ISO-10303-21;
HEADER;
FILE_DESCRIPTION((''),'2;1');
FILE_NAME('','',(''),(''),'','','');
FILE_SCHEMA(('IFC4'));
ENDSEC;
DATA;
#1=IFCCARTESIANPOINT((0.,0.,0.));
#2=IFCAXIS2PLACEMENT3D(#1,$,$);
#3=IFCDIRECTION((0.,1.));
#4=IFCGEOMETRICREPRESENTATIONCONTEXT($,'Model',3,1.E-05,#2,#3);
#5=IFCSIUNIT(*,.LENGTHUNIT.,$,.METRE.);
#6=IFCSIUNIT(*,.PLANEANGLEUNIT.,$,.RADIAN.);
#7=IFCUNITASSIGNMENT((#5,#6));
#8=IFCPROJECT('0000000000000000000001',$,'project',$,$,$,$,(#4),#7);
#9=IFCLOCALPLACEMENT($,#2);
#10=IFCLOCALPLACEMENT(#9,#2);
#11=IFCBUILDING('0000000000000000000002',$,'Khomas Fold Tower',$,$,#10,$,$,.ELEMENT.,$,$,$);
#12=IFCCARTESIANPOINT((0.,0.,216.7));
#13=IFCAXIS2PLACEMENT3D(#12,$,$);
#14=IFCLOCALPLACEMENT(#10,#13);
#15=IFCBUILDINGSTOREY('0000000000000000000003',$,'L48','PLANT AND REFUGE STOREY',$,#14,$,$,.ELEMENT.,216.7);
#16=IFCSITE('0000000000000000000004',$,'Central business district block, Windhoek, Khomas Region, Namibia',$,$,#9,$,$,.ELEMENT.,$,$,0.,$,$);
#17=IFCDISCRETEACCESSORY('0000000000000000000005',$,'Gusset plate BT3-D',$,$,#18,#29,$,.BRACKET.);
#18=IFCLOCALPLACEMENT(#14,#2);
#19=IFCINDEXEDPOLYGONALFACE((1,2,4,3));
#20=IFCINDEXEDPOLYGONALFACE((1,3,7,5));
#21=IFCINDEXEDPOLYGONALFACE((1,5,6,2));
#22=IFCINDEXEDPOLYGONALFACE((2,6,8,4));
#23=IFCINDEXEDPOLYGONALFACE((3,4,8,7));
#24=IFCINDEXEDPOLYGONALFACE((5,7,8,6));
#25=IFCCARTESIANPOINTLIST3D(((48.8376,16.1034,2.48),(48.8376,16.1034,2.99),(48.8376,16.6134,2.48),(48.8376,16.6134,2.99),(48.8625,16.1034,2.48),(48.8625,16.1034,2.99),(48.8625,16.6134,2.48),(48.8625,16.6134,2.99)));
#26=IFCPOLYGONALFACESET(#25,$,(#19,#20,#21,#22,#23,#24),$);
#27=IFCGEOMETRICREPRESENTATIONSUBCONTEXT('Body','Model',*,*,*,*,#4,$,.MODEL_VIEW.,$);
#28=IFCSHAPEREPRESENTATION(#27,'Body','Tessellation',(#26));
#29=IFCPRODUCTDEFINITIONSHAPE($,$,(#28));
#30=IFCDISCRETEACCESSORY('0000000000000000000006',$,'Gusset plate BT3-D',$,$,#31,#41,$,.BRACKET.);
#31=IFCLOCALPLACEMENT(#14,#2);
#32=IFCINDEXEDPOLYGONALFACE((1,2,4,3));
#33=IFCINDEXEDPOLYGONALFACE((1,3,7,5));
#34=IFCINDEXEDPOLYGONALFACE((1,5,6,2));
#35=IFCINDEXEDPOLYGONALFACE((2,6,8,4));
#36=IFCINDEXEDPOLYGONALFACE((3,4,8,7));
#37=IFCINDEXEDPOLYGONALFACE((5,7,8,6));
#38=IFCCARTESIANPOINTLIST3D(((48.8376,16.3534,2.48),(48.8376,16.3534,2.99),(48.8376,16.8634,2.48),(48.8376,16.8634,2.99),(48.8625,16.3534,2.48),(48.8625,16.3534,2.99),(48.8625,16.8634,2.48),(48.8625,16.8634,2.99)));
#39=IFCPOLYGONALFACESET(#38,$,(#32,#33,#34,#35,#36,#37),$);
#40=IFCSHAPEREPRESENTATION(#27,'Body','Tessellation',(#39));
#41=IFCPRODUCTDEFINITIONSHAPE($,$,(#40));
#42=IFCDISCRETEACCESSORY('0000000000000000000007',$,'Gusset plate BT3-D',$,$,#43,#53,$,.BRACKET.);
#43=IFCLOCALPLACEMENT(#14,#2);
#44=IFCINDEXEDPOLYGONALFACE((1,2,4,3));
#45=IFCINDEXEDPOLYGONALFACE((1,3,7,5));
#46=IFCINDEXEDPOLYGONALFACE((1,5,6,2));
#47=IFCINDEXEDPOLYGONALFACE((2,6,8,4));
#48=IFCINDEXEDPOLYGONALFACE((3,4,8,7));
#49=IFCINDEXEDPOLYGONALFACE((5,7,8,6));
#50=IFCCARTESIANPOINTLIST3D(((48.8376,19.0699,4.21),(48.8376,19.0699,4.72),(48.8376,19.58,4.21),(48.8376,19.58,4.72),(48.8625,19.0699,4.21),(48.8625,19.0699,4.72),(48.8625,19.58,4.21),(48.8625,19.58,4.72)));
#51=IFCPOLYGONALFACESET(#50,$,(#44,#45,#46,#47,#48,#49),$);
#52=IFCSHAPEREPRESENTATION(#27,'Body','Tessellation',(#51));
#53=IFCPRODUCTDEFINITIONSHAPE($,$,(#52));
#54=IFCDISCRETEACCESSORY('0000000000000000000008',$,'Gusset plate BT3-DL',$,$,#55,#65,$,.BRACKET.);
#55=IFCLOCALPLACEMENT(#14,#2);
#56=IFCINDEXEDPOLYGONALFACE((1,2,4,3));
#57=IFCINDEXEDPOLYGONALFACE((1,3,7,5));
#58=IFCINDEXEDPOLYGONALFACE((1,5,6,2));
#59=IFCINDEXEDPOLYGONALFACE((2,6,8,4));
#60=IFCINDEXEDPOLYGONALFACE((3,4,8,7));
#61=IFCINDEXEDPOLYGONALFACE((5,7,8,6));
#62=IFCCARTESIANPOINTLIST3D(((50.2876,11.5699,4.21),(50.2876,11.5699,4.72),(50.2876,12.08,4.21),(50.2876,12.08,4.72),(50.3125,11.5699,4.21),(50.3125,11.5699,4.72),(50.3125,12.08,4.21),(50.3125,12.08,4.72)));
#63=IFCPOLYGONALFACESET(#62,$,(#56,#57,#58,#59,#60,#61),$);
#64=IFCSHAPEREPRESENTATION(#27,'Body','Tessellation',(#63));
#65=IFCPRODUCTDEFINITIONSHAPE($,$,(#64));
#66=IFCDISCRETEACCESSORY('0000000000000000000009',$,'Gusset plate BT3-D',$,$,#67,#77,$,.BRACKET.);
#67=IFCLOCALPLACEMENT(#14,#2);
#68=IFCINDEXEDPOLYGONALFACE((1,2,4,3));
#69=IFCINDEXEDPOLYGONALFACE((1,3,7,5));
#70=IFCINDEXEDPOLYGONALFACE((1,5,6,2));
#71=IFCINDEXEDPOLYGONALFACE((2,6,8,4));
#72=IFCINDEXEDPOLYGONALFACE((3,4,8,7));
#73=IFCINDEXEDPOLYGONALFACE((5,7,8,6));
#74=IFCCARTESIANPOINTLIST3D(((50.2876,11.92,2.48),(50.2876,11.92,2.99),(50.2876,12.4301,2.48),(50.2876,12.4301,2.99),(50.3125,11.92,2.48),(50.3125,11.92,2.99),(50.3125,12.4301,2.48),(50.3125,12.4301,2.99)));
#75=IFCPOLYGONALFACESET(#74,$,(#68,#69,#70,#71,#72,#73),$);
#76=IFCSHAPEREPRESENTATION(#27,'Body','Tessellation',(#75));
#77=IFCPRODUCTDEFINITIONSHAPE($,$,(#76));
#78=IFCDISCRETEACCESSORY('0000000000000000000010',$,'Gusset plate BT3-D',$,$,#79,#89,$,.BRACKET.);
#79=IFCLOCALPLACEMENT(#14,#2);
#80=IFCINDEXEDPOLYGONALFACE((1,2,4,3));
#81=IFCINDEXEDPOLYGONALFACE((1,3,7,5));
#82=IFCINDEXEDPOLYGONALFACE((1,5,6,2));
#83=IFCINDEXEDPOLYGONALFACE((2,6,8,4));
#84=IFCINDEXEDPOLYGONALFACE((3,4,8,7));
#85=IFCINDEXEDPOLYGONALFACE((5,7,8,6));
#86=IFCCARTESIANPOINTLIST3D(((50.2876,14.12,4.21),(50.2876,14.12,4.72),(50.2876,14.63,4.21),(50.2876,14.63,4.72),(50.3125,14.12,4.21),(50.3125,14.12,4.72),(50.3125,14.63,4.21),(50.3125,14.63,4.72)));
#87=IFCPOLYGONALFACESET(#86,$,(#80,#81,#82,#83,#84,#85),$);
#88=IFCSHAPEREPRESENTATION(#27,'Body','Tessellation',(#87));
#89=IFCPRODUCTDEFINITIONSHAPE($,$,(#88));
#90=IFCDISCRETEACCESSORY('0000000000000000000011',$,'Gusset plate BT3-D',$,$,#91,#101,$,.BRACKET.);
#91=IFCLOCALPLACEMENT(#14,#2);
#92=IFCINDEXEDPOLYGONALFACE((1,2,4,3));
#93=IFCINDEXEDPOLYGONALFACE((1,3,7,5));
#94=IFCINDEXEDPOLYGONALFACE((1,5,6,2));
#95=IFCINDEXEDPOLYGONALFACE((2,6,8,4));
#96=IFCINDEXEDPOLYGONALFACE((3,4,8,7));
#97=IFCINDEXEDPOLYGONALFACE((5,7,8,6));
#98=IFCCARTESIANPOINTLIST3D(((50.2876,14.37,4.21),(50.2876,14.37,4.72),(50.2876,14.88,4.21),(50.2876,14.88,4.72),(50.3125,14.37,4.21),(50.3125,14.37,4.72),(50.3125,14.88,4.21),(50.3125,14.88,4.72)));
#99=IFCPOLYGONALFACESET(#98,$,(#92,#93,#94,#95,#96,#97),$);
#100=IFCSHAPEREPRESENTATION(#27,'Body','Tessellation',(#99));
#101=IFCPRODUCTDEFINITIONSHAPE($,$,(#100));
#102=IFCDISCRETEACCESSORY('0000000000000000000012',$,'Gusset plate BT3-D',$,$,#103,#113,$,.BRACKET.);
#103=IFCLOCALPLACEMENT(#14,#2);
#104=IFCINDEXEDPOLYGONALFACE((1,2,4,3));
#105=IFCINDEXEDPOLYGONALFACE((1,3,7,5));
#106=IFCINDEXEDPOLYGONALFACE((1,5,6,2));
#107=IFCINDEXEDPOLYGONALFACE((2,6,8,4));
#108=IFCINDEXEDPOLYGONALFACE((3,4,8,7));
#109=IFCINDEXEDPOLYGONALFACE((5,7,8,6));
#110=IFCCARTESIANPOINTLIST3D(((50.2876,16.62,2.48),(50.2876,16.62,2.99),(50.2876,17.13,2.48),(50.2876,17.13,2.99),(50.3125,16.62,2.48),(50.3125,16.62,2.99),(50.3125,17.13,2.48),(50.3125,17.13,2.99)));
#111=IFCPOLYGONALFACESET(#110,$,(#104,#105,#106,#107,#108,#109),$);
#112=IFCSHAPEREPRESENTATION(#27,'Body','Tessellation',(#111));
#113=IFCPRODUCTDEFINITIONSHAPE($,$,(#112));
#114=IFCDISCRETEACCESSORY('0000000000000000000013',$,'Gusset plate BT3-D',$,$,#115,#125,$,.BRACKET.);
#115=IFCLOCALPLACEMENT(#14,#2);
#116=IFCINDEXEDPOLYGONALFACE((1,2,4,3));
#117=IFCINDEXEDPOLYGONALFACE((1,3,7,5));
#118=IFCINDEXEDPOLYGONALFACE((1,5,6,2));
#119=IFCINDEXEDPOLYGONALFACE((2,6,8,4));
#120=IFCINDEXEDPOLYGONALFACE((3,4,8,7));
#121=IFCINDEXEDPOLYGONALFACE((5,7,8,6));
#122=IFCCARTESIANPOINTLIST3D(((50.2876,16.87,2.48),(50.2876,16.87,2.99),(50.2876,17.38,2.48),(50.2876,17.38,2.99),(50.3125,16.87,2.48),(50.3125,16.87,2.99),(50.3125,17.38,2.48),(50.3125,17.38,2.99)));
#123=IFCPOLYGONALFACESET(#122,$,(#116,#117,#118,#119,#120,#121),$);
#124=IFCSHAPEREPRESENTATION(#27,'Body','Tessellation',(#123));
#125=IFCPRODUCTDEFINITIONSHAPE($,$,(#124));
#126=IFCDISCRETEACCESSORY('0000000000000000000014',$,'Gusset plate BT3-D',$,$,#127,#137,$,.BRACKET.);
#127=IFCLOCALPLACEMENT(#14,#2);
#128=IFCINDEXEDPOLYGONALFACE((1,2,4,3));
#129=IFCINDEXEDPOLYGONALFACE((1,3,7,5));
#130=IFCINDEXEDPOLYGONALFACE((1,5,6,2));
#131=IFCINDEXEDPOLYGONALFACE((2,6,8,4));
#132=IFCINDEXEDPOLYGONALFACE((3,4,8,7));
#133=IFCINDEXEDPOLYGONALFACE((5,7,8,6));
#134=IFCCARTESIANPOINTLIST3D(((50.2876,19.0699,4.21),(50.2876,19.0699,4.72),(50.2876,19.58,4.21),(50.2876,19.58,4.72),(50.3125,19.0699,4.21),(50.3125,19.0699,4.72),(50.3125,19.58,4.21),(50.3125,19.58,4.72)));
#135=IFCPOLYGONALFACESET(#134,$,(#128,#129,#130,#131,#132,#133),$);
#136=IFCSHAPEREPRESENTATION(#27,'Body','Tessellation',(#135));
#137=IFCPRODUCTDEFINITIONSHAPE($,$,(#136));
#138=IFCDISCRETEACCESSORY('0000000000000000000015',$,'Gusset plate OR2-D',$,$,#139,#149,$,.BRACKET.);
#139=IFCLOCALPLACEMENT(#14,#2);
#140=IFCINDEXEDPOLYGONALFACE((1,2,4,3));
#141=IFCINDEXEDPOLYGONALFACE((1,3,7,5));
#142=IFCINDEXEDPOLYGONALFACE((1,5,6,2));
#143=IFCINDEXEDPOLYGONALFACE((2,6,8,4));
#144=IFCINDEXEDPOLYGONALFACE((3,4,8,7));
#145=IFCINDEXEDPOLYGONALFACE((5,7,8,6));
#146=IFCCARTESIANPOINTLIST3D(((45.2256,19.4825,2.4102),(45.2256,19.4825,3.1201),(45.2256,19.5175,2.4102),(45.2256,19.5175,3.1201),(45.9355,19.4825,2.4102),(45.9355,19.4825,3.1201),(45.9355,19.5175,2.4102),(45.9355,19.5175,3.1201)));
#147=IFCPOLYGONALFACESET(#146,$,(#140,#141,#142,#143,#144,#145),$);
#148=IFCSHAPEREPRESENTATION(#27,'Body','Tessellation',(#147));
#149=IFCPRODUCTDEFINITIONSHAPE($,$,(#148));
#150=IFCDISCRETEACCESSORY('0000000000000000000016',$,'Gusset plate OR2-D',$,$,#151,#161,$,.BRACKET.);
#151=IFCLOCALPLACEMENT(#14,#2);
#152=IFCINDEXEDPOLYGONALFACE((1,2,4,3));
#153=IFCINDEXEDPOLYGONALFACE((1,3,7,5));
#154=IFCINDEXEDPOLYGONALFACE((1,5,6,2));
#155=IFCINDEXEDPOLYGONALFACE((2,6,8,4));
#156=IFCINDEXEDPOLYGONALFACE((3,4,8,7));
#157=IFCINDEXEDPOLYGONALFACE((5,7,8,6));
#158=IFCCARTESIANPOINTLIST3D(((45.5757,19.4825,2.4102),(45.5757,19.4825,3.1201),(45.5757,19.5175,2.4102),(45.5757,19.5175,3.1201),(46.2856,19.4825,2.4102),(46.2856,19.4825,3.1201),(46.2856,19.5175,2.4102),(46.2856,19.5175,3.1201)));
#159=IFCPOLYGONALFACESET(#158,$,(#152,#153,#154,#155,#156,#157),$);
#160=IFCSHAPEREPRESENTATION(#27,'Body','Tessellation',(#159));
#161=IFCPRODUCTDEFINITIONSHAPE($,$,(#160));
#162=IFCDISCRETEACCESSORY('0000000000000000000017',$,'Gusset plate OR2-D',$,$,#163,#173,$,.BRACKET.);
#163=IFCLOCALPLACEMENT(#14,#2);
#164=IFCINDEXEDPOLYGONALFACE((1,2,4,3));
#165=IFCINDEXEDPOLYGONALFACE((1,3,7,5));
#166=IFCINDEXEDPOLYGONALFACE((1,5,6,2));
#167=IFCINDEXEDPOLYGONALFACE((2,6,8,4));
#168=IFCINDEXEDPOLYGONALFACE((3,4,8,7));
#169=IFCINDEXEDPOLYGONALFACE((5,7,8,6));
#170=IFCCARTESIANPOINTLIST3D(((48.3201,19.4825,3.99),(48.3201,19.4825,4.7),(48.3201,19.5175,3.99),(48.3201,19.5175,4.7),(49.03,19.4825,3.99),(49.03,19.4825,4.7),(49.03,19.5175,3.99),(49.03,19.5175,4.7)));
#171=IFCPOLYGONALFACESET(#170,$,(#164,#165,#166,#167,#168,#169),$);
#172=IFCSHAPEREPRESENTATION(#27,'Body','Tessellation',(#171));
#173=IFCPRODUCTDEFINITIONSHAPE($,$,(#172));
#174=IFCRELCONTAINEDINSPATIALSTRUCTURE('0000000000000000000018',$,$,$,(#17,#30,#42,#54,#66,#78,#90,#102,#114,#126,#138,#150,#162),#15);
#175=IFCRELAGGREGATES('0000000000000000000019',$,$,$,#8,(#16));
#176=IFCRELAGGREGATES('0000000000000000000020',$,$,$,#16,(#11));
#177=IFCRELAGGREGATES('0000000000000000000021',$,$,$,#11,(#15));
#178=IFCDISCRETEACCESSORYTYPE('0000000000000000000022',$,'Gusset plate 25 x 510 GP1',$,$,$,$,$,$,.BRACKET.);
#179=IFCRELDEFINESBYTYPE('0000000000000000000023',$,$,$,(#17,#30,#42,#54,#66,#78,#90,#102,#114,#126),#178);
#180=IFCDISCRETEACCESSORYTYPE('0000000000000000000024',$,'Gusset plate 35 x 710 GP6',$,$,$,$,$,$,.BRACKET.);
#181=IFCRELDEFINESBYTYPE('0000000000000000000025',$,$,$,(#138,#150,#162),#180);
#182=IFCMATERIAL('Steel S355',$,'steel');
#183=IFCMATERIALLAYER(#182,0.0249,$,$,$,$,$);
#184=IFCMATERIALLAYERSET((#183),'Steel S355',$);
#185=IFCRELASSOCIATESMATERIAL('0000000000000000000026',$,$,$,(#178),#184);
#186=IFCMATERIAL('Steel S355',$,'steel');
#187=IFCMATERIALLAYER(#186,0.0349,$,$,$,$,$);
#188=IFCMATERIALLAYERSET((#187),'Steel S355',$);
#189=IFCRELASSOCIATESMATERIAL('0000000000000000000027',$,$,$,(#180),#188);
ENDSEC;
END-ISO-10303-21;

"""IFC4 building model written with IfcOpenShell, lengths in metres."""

from ifc_helpers import new_model, si_unit, direction, frame, origin, origin_2d, place, context, subcontext, project, spatial, rectangle, extrude, source, transform, mapped, material, layer, layer_set, type_object, element, save


model = new_model("IFC4")

# Units and contexts
model_context = context("Model", 3, precision=1e-05, world=origin(), true_north=direction((0.0, 1.0)))
body_context = subcontext(model_context, "Body", "Model", "MODEL_VIEW")
ifc_project = project(units=[si_unit("LENGTHUNIT", "METRE"), si_unit("PLANEANGLEUNIT", "RADIAN")], contexts=[model_context])

# Site, building, storey
site_placement = place(None, origin())
site = spatial("IfcSite", under=ifc_project, at=site_placement, Name="Central business district block, Windhoek, Khomas Region, Namibia", CompositionType="ELEMENT", RefElevation=0.0)
building_placement = place(site_placement, origin())
building = spatial("IfcBuilding", under=site, at=building_placement, Name="Khomas Fold Tower", CompositionType="ELEMENT")
storey_placement = place(building_placement, frame((0.0, 0.0, 216.7)))
storey = spatial("IfcBuildingStorey", under=building, at=storey_placement, Name="L48", Description="PLANT AND REFUGE STOREY", CompositionType="ELEMENT", Elevation=216.7)

# Discrete accessories
ifc_material_1 = material(Name="Steel S355", Category="steel")
ifc_layer_1 = layer(ifc_material_1, 0.0249)
ifc_layer_set_1 = layer_set([ifc_layer_1], Name="Steel S355")
discrete_accessory_type_1 = type_object("IfcDiscreteAccessoryType", Name="Gusset plate 25 x 510 GP1", PredefinedType="BRACKET", material=ifc_layer_set_1)
shared_shape_1 = source(origin(), body_context, "Body", "SweptSolid", [
    extrude(rectangle(XDim=0.51, YDim=0.0249, at=origin_2d()), origin(), (0.0, 0.0, 1.0), 0.51),
])
for number, where, z_axis, x_axis, name in (
    (1, (48.8501, 16.3584, 2.48), (0.0, 0.0, 1.0), (0.0, 1.0, 0.0), "Gusset plate BT3-D"),
    (2, (48.8501, 16.6084, 2.48), (0.0, 0.0, 1.0), (0.0, 1.0, 0.0), "Gusset plate BT3-D"),
    (3, (48.8501, 19.325, 4.21), (0.0, 0.0, 1.0), (0.0, 1.0, 0.0), "Gusset plate BT3-D"),
    (4, (50.3, 11.825, 4.21), (0.0, 0.0, 1.0), (0.0, 1.0, 0.0), "Gusset plate BT3-DL"),
    (5, (50.3, 12.175, 2.48), (0.0, 0.0, 1.0), (0.0, 1.0, 0.0), "Gusset plate BT3-D"),
    (6, (50.3, 14.375, 4.21), (0.0, 0.0, 1.0), (0.0, 1.0, 0.0), "Gusset plate BT3-D"),
    (7, (50.3, 14.625, 4.21), (0.0, 0.0, 1.0), (0.0, 1.0, 0.0), "Gusset plate BT3-D"),
    (8, (50.3, 16.875, 2.48), (0.0, 0.0, 1.0), (0.0, 1.0, 0.0), "Gusset plate BT3-D"),
    (9, (50.3, 17.125, 2.48), (0.0, 0.0, 1.0), (0.0, 1.0, 0.0), "Gusset plate BT3-D"),
    (10, (50.3, 19.325, 4.21), (0.0, 0.0, 1.0), (0.0, 1.0, 0.0), "Gusset plate BT3-D"),
):
    element("IfcDiscreteAccessory", number, at=place(storey_placement, frame(where, z_axis=z_axis, x_axis=x_axis)), inside=storey, type_object=discrete_accessory_type_1, Name=name, PredefinedType="BRACKET", context=body_context, shape_type="MappedRepresentation", body=[
        mapped(shared_shape_1, transform((0.0, 0.0, 0.0))),
    ])
ifc_material_2 = material(Name="Steel S355", Category="steel")
ifc_layer_2 = layer(ifc_material_2, 0.0349)
ifc_layer_set_2 = layer_set([ifc_layer_2], Name="Steel S355")
discrete_accessory_type_2 = type_object("IfcDiscreteAccessoryType", Name="Gusset plate 35 x 710 GP6", PredefinedType="BRACKET", material=ifc_layer_set_2)
shared_shape_2 = source(origin(), body_context, "Body", "SweptSolid", [
    extrude(rectangle(XDim=0.71, YDim=0.0349, at=origin_2d()), origin(), (0.0, 0.0, 1.0), 0.71),
])
for number, where, z_axis, x_axis, name in (
    (11, (45.5806, 19.5, 2.4102), (0.0, 0.0, 1.0), (1.0, 0.0, 0.0), "Gusset plate OR2-D"),
    (12, (45.9307, 19.5, 2.4102), (0.0, 0.0, 1.0), (1.0, 0.0, 0.0), "Gusset plate OR2-D"),
    (13, (48.675, 19.5, 3.99), (0.0, 0.0, 1.0), (1.0, 0.0, 0.0), "Gusset plate OR2-D"),
):
    element("IfcDiscreteAccessory", number, at=place(storey_placement, frame(where, z_axis=z_axis, x_axis=x_axis)), inside=storey, type_object=discrete_accessory_type_2, Name=name, PredefinedType="BRACKET", context=body_context, shape_type="MappedRepresentation", body=[
        mapped(shared_shape_2, transform((0.0, 0.0, 0.0))),
    ])

save(model, "model.ifc")
